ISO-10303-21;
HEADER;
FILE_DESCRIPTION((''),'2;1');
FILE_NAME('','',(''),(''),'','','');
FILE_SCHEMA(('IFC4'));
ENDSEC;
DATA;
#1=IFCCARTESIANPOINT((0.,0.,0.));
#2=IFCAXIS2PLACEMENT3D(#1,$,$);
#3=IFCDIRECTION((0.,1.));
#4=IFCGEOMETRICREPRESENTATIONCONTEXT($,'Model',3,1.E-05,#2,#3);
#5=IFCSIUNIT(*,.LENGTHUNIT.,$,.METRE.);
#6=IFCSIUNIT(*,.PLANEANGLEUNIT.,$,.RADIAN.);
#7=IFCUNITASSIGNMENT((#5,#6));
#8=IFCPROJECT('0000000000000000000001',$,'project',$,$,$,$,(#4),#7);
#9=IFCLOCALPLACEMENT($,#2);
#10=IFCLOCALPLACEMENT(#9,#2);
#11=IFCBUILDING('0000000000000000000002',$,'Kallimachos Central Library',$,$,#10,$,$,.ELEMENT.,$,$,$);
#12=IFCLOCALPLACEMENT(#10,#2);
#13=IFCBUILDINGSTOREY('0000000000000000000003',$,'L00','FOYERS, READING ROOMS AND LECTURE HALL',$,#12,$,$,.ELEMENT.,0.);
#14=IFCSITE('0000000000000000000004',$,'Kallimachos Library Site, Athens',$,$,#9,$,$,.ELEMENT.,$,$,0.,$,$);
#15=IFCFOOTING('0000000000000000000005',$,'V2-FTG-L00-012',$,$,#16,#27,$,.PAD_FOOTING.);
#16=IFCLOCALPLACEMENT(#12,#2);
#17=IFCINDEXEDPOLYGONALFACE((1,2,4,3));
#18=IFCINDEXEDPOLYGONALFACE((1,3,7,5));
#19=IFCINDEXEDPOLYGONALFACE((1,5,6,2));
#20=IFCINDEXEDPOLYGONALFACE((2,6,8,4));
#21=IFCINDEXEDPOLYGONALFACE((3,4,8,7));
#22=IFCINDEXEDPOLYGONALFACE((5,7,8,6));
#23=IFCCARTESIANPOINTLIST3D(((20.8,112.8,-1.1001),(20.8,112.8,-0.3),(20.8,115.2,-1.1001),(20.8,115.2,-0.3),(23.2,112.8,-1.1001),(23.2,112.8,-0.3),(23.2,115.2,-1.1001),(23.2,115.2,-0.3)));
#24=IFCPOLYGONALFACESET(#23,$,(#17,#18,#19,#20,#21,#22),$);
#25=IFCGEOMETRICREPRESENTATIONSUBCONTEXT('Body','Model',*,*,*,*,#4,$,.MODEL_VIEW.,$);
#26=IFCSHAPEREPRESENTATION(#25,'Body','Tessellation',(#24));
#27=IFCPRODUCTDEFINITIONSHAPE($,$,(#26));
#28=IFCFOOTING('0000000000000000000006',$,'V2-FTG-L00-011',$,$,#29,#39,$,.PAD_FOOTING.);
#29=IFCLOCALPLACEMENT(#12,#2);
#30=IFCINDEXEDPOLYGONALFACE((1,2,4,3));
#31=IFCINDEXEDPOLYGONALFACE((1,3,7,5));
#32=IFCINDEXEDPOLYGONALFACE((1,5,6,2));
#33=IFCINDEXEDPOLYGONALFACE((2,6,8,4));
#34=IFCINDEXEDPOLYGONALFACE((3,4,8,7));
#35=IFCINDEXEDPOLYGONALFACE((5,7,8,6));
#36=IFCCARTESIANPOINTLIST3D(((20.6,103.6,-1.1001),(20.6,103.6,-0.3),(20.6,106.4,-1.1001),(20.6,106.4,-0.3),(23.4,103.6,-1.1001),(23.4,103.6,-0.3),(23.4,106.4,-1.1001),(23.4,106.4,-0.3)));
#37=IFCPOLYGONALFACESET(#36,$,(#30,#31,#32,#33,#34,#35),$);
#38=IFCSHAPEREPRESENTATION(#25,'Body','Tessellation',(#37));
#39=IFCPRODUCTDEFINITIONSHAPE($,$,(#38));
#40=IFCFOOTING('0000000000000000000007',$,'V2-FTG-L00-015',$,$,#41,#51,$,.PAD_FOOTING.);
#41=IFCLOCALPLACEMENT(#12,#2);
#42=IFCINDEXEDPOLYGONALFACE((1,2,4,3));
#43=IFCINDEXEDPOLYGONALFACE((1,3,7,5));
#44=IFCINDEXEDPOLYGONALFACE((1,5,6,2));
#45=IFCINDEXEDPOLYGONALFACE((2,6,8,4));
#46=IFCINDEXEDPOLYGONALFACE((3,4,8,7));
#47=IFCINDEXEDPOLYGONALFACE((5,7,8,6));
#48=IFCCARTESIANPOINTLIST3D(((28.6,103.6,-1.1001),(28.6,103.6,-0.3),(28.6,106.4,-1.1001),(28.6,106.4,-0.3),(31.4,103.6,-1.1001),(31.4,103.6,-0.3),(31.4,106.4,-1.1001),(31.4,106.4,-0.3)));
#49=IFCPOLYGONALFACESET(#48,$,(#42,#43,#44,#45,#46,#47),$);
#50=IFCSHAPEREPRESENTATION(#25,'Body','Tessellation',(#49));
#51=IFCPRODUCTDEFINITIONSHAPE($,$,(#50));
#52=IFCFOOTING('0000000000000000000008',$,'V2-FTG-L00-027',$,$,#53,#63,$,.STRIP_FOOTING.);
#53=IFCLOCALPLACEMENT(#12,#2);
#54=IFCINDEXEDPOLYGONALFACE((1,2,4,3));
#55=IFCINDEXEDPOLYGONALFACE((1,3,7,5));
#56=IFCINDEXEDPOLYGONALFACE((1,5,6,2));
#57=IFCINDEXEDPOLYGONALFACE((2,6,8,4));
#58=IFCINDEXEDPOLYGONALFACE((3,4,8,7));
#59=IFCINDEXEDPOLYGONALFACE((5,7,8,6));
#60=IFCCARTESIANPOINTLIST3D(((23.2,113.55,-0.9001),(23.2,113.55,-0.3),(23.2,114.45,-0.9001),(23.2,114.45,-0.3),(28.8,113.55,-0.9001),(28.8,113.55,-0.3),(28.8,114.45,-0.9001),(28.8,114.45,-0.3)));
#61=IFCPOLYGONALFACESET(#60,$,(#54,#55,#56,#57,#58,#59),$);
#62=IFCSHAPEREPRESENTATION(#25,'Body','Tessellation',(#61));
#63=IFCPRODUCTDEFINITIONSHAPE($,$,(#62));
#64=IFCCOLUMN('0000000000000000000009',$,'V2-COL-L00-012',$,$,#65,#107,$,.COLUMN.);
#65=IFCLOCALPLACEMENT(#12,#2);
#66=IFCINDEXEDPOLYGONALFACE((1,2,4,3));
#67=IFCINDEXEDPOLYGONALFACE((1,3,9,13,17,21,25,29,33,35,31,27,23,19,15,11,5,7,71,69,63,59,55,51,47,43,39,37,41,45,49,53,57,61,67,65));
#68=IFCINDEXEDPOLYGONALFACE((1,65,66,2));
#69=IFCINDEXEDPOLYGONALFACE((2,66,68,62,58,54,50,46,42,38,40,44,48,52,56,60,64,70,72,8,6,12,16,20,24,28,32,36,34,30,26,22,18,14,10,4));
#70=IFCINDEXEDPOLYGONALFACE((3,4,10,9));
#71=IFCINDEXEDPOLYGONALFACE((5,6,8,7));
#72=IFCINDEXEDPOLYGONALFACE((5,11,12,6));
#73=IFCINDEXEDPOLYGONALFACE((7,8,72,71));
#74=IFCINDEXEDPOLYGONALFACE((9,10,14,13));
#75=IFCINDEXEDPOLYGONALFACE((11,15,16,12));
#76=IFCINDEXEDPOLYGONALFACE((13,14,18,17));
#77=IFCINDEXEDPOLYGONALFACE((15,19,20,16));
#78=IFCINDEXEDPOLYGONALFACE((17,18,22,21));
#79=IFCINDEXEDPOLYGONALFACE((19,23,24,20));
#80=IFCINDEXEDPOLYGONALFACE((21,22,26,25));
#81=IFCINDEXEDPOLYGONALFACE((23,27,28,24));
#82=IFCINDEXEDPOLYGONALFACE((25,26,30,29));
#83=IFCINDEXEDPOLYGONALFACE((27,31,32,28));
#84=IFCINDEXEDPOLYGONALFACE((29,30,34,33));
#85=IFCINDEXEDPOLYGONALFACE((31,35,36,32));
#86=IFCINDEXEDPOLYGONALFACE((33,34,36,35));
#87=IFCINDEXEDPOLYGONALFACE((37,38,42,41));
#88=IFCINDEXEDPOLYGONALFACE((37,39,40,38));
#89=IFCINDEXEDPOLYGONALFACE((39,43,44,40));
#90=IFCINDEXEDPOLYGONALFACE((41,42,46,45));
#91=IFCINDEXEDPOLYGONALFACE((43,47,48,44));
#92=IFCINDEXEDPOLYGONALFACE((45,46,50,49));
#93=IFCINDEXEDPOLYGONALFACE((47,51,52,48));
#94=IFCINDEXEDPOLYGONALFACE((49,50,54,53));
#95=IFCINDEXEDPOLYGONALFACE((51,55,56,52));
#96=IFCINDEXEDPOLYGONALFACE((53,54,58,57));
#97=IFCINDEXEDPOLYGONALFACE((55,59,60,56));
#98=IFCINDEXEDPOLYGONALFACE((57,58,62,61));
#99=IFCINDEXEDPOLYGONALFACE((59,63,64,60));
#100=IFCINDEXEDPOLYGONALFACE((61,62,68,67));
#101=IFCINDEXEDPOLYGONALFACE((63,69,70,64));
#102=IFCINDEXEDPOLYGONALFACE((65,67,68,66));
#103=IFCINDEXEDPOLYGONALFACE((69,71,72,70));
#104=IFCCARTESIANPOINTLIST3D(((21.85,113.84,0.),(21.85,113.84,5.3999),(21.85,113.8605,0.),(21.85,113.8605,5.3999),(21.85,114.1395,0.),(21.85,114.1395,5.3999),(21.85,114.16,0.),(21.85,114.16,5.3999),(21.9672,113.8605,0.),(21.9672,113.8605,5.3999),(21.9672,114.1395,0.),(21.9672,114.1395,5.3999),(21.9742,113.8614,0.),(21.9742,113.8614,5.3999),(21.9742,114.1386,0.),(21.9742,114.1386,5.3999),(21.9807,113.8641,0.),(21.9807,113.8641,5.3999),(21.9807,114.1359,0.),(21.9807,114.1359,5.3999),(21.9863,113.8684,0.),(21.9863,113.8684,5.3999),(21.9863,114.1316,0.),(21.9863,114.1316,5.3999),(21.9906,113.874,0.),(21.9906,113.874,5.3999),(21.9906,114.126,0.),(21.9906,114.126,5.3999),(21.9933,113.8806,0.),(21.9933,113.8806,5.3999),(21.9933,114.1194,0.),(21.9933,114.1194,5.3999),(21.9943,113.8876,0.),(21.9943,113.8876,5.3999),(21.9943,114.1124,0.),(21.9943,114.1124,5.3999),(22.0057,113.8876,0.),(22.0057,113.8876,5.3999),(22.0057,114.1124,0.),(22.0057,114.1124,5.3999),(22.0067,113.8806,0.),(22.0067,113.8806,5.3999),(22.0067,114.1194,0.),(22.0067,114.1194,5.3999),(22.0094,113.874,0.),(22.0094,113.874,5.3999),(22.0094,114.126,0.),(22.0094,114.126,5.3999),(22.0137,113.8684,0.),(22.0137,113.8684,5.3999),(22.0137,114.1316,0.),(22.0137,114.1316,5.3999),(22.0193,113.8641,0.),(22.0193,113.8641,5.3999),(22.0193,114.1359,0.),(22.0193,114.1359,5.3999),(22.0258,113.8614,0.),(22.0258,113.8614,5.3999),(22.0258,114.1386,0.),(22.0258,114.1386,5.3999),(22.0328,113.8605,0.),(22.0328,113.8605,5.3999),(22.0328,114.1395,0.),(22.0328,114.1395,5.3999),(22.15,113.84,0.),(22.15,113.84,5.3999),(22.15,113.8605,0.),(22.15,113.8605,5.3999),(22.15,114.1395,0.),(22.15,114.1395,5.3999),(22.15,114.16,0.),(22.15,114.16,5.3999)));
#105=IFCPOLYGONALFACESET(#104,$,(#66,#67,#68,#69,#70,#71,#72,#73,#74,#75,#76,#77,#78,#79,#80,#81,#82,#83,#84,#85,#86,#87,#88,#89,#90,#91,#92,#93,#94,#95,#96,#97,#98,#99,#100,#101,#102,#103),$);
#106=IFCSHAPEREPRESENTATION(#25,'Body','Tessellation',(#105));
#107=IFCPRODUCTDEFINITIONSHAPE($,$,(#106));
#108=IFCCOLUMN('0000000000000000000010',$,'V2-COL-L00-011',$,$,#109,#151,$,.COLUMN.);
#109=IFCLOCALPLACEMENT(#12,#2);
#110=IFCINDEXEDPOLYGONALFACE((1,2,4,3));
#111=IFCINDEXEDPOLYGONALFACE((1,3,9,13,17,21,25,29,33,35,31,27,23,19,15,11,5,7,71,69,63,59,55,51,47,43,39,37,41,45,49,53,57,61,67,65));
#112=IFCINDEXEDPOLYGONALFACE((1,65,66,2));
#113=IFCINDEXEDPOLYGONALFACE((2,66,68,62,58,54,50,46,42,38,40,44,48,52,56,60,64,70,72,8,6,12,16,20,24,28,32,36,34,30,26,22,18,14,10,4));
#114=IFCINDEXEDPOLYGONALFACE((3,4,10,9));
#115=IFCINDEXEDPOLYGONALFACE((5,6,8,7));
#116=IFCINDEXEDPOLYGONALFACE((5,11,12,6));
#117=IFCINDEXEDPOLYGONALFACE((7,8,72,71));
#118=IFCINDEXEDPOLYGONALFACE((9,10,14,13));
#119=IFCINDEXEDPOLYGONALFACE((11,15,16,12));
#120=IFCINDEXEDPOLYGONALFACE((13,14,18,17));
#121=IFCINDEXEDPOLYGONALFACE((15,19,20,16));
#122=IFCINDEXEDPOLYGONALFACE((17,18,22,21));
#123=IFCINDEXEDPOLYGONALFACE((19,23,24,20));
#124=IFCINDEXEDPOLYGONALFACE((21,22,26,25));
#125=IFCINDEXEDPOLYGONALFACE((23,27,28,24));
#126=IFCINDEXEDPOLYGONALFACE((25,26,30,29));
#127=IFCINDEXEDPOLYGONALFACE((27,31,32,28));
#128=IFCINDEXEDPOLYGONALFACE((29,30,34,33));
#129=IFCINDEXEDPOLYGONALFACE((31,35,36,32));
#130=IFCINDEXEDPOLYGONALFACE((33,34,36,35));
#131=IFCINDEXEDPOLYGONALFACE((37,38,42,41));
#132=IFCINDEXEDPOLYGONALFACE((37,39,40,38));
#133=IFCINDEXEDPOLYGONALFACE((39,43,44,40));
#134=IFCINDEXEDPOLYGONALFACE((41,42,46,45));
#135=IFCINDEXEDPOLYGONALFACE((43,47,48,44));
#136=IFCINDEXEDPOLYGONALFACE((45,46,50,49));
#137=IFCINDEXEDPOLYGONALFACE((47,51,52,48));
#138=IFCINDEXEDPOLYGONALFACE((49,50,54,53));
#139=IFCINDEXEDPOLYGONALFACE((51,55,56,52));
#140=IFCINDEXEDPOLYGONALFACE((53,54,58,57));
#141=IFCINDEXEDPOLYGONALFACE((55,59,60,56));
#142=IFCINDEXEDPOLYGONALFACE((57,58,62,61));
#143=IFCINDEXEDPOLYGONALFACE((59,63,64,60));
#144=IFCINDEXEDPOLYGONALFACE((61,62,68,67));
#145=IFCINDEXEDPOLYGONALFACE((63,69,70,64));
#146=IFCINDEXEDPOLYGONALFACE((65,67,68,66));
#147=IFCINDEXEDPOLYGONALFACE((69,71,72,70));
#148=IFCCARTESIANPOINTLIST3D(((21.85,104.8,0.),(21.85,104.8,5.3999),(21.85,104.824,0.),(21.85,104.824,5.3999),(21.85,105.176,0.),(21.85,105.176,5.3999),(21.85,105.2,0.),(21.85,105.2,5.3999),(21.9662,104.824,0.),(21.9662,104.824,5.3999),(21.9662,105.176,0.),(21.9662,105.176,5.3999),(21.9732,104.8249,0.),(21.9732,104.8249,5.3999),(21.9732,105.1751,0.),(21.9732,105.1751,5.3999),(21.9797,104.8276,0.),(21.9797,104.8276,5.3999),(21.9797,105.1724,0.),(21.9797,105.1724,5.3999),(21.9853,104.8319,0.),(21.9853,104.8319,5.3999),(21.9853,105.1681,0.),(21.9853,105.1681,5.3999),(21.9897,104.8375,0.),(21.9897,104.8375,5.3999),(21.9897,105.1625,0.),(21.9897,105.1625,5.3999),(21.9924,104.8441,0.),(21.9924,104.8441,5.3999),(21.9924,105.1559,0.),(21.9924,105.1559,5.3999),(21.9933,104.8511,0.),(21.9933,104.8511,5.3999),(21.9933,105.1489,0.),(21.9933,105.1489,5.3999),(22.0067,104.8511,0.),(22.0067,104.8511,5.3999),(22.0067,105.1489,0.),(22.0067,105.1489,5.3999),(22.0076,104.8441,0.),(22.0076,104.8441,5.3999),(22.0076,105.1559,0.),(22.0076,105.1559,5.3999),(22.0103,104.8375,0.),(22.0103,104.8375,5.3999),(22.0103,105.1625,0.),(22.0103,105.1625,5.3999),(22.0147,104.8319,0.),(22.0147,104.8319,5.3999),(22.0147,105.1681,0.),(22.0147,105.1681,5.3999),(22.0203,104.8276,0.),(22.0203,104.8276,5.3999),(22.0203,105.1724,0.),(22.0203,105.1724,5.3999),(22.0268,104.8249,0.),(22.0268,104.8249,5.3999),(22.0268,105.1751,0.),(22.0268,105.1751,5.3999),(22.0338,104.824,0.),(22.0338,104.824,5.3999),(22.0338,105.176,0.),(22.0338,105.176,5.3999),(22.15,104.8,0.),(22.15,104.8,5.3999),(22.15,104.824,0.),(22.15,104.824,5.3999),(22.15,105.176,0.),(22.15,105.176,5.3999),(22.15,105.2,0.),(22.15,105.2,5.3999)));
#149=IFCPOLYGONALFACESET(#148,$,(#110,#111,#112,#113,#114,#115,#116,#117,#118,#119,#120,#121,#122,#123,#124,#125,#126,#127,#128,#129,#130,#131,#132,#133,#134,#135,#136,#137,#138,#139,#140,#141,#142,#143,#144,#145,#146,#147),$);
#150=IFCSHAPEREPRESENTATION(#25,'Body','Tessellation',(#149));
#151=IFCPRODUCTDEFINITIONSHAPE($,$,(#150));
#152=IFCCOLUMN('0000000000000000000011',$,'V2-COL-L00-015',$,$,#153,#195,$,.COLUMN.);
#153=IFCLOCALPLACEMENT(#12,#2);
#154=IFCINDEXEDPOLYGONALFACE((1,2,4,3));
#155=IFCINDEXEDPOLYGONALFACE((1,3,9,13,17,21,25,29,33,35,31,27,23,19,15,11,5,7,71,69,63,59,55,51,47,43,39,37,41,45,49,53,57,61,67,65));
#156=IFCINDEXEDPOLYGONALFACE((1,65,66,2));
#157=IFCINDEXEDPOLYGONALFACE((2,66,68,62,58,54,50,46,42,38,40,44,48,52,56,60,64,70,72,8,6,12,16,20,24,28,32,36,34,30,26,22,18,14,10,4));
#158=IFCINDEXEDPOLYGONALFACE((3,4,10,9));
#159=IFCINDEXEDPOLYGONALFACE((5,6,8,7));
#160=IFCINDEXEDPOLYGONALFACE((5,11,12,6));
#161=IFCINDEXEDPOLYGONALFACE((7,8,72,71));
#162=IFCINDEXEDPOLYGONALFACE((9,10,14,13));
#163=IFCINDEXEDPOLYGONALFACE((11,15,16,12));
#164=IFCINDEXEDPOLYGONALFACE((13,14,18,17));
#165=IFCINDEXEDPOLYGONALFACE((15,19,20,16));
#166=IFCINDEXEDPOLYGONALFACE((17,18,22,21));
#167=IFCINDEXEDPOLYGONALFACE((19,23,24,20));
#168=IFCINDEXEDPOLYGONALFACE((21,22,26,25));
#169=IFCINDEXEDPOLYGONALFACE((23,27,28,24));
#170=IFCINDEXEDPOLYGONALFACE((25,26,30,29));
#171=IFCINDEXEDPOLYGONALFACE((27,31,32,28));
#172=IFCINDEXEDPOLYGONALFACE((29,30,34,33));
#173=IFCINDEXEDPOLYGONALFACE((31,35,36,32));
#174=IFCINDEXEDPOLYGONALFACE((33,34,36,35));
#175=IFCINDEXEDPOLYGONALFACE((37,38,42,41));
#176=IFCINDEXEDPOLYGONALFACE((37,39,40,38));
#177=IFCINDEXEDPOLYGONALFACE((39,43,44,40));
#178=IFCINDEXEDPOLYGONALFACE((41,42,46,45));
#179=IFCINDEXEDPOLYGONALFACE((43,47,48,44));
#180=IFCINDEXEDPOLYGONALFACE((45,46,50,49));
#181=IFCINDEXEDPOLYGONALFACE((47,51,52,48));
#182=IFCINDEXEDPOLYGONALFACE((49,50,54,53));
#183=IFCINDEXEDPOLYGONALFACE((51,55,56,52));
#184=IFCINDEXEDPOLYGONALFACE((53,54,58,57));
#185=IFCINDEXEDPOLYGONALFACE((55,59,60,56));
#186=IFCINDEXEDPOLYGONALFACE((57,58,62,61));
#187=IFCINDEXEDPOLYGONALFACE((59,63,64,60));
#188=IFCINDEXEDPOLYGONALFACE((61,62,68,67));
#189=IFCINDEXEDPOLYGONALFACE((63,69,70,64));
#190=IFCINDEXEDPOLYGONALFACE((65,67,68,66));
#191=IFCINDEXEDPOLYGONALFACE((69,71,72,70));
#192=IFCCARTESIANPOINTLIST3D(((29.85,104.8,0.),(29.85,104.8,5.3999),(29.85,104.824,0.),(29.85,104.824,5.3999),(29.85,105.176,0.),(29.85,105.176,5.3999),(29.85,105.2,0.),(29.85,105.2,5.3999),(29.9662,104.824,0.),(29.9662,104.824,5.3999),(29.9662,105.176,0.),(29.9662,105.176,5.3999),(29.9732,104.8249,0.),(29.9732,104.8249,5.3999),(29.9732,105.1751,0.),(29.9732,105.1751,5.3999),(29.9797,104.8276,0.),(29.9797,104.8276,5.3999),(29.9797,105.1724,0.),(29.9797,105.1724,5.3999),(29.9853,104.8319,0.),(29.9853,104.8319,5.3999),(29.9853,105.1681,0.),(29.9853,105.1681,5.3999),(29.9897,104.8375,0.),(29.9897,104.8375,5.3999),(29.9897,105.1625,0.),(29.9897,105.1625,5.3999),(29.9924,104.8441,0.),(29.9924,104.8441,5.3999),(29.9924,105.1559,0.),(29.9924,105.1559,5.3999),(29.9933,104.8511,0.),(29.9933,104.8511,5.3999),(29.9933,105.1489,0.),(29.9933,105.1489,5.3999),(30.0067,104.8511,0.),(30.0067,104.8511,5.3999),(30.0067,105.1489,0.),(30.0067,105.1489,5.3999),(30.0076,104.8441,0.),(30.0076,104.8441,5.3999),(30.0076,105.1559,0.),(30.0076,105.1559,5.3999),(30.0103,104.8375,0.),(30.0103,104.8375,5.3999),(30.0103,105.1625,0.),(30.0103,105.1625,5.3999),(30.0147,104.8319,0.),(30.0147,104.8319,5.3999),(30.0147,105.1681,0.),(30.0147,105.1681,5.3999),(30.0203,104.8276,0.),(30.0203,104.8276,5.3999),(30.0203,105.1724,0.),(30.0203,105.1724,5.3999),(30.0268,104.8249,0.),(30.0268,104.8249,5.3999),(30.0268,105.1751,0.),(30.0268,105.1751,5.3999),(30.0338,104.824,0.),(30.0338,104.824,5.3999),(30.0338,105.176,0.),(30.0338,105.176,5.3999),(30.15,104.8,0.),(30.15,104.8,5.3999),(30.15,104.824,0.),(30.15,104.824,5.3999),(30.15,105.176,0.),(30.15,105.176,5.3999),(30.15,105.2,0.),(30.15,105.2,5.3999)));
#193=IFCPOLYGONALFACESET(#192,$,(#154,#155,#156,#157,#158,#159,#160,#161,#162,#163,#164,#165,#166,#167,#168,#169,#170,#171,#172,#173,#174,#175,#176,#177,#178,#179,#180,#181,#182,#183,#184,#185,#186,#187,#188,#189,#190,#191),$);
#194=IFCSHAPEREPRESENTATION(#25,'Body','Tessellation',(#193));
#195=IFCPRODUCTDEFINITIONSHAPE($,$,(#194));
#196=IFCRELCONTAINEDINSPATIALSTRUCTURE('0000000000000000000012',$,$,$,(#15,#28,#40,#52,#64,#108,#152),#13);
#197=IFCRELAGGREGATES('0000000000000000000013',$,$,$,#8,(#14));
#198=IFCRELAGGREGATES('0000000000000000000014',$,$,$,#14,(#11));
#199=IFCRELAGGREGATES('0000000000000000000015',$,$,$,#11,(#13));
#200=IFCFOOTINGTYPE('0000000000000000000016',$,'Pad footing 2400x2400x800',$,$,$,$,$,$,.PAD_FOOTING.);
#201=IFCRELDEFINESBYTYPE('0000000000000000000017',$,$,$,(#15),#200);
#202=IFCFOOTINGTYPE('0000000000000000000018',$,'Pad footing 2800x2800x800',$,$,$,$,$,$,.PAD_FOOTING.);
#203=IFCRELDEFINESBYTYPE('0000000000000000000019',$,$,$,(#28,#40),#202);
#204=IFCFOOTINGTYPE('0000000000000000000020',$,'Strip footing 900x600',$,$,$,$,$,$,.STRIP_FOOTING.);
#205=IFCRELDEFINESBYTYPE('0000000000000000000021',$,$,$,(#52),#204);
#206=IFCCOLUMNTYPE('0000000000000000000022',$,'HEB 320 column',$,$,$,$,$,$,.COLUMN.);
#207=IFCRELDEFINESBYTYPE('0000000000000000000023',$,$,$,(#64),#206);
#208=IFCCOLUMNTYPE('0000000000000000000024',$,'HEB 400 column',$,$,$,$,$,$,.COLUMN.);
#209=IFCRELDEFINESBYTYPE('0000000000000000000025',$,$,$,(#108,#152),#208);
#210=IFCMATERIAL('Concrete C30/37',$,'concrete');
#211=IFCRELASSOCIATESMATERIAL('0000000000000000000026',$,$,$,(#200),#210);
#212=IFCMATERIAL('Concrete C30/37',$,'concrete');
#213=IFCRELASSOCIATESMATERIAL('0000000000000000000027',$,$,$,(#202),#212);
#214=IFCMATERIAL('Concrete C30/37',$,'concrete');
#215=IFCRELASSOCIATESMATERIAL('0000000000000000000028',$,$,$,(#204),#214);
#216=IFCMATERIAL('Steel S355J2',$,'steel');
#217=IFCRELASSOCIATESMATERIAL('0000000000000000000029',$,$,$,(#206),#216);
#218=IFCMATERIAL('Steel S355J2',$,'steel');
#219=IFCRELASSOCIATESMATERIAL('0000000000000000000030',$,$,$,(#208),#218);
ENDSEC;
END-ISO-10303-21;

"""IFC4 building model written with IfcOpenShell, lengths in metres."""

from ifc_helpers import new_model, si_unit, direction, frame, origin, origin_2d, place, context, subcontext, project, spatial, rectangle, i_section, extrude, material, material_profile, profile_set, type_object, element, save


model = new_model("IFC4")

# Units and contexts
model_context = context("Model", 3, precision=1e-05, world=origin(), true_north=direction((0.0, 1.0)))
body_context = subcontext(model_context, "Body", "Model", "MODEL_VIEW")
ifc_project = project(units=[si_unit("LENGTHUNIT", "METRE"), si_unit("PLANEANGLEUNIT", "RADIAN")], contexts=[model_context])

# Site, building, storey
site_placement = place(None, origin())
site = spatial("IfcSite", under=ifc_project, at=site_placement, Name="Kallimachos Library Site, Athens", CompositionType="ELEMENT", RefElevation=0.0)
building_placement = place(site_placement, origin())
building = spatial("IfcBuilding", under=site, at=building_placement, Name="Kallimachos Central Library", CompositionType="ELEMENT")
storey_placement = place(building_placement, origin())
storey = spatial("IfcBuildingStorey", under=building, at=storey_placement, Name="L00", Description="FOYERS, READING ROOMS AND LECTURE HALL", CompositionType="ELEMENT", Elevation=0.0)

# Footings
ifc_material_1 = material(Name="Concrete C30/37", Category="concrete")
footing_type_1 = type_object("IfcFootingType", Name="Pad footing 2400x2400x800", PredefinedType="PAD_FOOTING", material=ifc_material_1)
footing_1_placement = place(storey_placement, frame((22.0, 114.0, -1.1001), z_axis=(0.0, 0.0, 1.0), x_axis=(1.0, 0.0, 0.0)))
element("IfcFooting", 1, at=footing_1_placement, inside=storey, type_object=footing_type_1, Name="V2-FTG-L00-012", PredefinedType="PAD_FOOTING", context=body_context, shape_type="SweptSolid", body=[
    extrude(rectangle(XDim=2.3999, YDim=2.3999, at=origin_2d()), origin(), (0.0, 0.0, 1.0), 0.8),
])
ifc_material_2 = material(Name="Concrete C30/37", Category="concrete")
footing_type_2 = type_object("IfcFootingType", Name="Pad footing 2800x2800x800", PredefinedType="PAD_FOOTING", material=ifc_material_2)
for number, where, z_axis, x_axis, name in (
    (2, (22.0, 105.0, -1.1001), (0.0, 0.0, 1.0), (1.0, 0.0, 0.0), "V2-FTG-L00-011"),
    (3, (30.0, 105.0, -1.1001), (0.0, 0.0, 1.0), (1.0, 0.0, 0.0), "V2-FTG-L00-015"),
):
    element("IfcFooting", number, at=place(storey_placement, frame(where, z_axis=z_axis, x_axis=x_axis)), inside=storey, type_object=footing_type_2, Name=name, PredefinedType="PAD_FOOTING", context=body_context, shape_type="SweptSolid", body=[
        extrude(rectangle(XDim=2.8, YDim=2.8, at=origin_2d()), origin(), (0.0, 0.0, 1.0), 0.8),
    ])
ifc_material_3 = material(Name="Concrete C30/37", Category="concrete")
footing_type_3 = type_object("IfcFootingType", Name="Strip footing 900x600", PredefinedType="STRIP_FOOTING", material=ifc_material_3)
footing_2_placement = place(storey_placement, frame((26.0, 114.0, -0.9001), z_axis=(0.0, 0.0, 1.0), x_axis=(1.0, 0.0, 0.0)))
element("IfcFooting", 4, at=footing_2_placement, inside=storey, type_object=footing_type_3, Name="V2-FTG-L00-027", PredefinedType="STRIP_FOOTING", context=body_context, shape_type="SweptSolid", body=[
    extrude(rectangle(XDim=5.6001, YDim=0.8999, at=origin_2d()), origin(), (0.0, 0.0, 1.0), 0.6001),
])

# Columns
ifc_material_4 = material(Name="Steel S355J2", Category="steel")
ifc_material_profile_1 = material_profile(ifc_material_4, i_section(OverallWidth=0.3, OverallDepth=0.3201, WebThickness=0.0115, FlangeThickness=0.0205, FilletRadius=0.0271, at=origin_2d()), Name="HEB 320")
ifc_profile_set_1 = profile_set([ifc_material_profile_1], Name="Steel S355J2")
column_type_1 = type_object("IfcColumnType", Name="HEB 320 column", PredefinedType="COLUMN", material=ifc_profile_set_1)
column_placement = place(storey_placement, frame((22.0, 114.0, 0.0), z_axis=(0.0, 0.0, 1.0), x_axis=(1.0, 0.0, 0.0)))
element("IfcColumn", 5, at=column_placement, inside=storey, type_object=column_type_1, Name="V2-COL-L00-012", PredefinedType="COLUMN", context=body_context, shape_type="SweptSolid", body=[
    extrude(i_section(OverallWidth=0.3, OverallDepth=0.3201, WebThickness=0.0115, FlangeThickness=0.0205, FilletRadius=0.0271, at=origin_2d()), origin(), (0.0, 0.0, 1.0), 5.3999),
])
ifc_material_5 = material(Name="Steel S355J2", Category="steel")
ifc_material_profile_2 = material_profile(ifc_material_5, i_section(OverallWidth=0.3, OverallDepth=0.3999, WebThickness=0.0134, FlangeThickness=0.0239, FilletRadius=0.0271, at=origin_2d()), Name="HEB 400")
ifc_profile_set_2 = profile_set([ifc_material_profile_2], Name="Steel S355J2")
column_type_2 = type_object("IfcColumnType", Name="HEB 400 column", PredefinedType="COLUMN", material=ifc_profile_set_2)
for number, where, z_axis, x_axis, name in (
    (6, (22.0, 105.0, 0.0), (0.0, 0.0, 1.0), (1.0, 0.0, 0.0), "V2-COL-L00-011"),
    (7, (30.0, 105.0, 0.0), (0.0, 0.0, 1.0), (1.0, 0.0, 0.0), "V2-COL-L00-015"),
):
    element("IfcColumn", number, at=place(storey_placement, frame(where, z_axis=z_axis, x_axis=x_axis)), inside=storey, type_object=column_type_2, Name=name, PredefinedType="COLUMN", context=body_context, shape_type="SweptSolid", body=[
        extrude(i_section(OverallWidth=0.3, OverallDepth=0.3999, WebThickness=0.0134, FlangeThickness=0.0239, FilletRadius=0.0271, at=origin_2d()), origin(), (0.0, 0.0, 1.0), 5.3999),
    ])

save(model, "model.ifc")
